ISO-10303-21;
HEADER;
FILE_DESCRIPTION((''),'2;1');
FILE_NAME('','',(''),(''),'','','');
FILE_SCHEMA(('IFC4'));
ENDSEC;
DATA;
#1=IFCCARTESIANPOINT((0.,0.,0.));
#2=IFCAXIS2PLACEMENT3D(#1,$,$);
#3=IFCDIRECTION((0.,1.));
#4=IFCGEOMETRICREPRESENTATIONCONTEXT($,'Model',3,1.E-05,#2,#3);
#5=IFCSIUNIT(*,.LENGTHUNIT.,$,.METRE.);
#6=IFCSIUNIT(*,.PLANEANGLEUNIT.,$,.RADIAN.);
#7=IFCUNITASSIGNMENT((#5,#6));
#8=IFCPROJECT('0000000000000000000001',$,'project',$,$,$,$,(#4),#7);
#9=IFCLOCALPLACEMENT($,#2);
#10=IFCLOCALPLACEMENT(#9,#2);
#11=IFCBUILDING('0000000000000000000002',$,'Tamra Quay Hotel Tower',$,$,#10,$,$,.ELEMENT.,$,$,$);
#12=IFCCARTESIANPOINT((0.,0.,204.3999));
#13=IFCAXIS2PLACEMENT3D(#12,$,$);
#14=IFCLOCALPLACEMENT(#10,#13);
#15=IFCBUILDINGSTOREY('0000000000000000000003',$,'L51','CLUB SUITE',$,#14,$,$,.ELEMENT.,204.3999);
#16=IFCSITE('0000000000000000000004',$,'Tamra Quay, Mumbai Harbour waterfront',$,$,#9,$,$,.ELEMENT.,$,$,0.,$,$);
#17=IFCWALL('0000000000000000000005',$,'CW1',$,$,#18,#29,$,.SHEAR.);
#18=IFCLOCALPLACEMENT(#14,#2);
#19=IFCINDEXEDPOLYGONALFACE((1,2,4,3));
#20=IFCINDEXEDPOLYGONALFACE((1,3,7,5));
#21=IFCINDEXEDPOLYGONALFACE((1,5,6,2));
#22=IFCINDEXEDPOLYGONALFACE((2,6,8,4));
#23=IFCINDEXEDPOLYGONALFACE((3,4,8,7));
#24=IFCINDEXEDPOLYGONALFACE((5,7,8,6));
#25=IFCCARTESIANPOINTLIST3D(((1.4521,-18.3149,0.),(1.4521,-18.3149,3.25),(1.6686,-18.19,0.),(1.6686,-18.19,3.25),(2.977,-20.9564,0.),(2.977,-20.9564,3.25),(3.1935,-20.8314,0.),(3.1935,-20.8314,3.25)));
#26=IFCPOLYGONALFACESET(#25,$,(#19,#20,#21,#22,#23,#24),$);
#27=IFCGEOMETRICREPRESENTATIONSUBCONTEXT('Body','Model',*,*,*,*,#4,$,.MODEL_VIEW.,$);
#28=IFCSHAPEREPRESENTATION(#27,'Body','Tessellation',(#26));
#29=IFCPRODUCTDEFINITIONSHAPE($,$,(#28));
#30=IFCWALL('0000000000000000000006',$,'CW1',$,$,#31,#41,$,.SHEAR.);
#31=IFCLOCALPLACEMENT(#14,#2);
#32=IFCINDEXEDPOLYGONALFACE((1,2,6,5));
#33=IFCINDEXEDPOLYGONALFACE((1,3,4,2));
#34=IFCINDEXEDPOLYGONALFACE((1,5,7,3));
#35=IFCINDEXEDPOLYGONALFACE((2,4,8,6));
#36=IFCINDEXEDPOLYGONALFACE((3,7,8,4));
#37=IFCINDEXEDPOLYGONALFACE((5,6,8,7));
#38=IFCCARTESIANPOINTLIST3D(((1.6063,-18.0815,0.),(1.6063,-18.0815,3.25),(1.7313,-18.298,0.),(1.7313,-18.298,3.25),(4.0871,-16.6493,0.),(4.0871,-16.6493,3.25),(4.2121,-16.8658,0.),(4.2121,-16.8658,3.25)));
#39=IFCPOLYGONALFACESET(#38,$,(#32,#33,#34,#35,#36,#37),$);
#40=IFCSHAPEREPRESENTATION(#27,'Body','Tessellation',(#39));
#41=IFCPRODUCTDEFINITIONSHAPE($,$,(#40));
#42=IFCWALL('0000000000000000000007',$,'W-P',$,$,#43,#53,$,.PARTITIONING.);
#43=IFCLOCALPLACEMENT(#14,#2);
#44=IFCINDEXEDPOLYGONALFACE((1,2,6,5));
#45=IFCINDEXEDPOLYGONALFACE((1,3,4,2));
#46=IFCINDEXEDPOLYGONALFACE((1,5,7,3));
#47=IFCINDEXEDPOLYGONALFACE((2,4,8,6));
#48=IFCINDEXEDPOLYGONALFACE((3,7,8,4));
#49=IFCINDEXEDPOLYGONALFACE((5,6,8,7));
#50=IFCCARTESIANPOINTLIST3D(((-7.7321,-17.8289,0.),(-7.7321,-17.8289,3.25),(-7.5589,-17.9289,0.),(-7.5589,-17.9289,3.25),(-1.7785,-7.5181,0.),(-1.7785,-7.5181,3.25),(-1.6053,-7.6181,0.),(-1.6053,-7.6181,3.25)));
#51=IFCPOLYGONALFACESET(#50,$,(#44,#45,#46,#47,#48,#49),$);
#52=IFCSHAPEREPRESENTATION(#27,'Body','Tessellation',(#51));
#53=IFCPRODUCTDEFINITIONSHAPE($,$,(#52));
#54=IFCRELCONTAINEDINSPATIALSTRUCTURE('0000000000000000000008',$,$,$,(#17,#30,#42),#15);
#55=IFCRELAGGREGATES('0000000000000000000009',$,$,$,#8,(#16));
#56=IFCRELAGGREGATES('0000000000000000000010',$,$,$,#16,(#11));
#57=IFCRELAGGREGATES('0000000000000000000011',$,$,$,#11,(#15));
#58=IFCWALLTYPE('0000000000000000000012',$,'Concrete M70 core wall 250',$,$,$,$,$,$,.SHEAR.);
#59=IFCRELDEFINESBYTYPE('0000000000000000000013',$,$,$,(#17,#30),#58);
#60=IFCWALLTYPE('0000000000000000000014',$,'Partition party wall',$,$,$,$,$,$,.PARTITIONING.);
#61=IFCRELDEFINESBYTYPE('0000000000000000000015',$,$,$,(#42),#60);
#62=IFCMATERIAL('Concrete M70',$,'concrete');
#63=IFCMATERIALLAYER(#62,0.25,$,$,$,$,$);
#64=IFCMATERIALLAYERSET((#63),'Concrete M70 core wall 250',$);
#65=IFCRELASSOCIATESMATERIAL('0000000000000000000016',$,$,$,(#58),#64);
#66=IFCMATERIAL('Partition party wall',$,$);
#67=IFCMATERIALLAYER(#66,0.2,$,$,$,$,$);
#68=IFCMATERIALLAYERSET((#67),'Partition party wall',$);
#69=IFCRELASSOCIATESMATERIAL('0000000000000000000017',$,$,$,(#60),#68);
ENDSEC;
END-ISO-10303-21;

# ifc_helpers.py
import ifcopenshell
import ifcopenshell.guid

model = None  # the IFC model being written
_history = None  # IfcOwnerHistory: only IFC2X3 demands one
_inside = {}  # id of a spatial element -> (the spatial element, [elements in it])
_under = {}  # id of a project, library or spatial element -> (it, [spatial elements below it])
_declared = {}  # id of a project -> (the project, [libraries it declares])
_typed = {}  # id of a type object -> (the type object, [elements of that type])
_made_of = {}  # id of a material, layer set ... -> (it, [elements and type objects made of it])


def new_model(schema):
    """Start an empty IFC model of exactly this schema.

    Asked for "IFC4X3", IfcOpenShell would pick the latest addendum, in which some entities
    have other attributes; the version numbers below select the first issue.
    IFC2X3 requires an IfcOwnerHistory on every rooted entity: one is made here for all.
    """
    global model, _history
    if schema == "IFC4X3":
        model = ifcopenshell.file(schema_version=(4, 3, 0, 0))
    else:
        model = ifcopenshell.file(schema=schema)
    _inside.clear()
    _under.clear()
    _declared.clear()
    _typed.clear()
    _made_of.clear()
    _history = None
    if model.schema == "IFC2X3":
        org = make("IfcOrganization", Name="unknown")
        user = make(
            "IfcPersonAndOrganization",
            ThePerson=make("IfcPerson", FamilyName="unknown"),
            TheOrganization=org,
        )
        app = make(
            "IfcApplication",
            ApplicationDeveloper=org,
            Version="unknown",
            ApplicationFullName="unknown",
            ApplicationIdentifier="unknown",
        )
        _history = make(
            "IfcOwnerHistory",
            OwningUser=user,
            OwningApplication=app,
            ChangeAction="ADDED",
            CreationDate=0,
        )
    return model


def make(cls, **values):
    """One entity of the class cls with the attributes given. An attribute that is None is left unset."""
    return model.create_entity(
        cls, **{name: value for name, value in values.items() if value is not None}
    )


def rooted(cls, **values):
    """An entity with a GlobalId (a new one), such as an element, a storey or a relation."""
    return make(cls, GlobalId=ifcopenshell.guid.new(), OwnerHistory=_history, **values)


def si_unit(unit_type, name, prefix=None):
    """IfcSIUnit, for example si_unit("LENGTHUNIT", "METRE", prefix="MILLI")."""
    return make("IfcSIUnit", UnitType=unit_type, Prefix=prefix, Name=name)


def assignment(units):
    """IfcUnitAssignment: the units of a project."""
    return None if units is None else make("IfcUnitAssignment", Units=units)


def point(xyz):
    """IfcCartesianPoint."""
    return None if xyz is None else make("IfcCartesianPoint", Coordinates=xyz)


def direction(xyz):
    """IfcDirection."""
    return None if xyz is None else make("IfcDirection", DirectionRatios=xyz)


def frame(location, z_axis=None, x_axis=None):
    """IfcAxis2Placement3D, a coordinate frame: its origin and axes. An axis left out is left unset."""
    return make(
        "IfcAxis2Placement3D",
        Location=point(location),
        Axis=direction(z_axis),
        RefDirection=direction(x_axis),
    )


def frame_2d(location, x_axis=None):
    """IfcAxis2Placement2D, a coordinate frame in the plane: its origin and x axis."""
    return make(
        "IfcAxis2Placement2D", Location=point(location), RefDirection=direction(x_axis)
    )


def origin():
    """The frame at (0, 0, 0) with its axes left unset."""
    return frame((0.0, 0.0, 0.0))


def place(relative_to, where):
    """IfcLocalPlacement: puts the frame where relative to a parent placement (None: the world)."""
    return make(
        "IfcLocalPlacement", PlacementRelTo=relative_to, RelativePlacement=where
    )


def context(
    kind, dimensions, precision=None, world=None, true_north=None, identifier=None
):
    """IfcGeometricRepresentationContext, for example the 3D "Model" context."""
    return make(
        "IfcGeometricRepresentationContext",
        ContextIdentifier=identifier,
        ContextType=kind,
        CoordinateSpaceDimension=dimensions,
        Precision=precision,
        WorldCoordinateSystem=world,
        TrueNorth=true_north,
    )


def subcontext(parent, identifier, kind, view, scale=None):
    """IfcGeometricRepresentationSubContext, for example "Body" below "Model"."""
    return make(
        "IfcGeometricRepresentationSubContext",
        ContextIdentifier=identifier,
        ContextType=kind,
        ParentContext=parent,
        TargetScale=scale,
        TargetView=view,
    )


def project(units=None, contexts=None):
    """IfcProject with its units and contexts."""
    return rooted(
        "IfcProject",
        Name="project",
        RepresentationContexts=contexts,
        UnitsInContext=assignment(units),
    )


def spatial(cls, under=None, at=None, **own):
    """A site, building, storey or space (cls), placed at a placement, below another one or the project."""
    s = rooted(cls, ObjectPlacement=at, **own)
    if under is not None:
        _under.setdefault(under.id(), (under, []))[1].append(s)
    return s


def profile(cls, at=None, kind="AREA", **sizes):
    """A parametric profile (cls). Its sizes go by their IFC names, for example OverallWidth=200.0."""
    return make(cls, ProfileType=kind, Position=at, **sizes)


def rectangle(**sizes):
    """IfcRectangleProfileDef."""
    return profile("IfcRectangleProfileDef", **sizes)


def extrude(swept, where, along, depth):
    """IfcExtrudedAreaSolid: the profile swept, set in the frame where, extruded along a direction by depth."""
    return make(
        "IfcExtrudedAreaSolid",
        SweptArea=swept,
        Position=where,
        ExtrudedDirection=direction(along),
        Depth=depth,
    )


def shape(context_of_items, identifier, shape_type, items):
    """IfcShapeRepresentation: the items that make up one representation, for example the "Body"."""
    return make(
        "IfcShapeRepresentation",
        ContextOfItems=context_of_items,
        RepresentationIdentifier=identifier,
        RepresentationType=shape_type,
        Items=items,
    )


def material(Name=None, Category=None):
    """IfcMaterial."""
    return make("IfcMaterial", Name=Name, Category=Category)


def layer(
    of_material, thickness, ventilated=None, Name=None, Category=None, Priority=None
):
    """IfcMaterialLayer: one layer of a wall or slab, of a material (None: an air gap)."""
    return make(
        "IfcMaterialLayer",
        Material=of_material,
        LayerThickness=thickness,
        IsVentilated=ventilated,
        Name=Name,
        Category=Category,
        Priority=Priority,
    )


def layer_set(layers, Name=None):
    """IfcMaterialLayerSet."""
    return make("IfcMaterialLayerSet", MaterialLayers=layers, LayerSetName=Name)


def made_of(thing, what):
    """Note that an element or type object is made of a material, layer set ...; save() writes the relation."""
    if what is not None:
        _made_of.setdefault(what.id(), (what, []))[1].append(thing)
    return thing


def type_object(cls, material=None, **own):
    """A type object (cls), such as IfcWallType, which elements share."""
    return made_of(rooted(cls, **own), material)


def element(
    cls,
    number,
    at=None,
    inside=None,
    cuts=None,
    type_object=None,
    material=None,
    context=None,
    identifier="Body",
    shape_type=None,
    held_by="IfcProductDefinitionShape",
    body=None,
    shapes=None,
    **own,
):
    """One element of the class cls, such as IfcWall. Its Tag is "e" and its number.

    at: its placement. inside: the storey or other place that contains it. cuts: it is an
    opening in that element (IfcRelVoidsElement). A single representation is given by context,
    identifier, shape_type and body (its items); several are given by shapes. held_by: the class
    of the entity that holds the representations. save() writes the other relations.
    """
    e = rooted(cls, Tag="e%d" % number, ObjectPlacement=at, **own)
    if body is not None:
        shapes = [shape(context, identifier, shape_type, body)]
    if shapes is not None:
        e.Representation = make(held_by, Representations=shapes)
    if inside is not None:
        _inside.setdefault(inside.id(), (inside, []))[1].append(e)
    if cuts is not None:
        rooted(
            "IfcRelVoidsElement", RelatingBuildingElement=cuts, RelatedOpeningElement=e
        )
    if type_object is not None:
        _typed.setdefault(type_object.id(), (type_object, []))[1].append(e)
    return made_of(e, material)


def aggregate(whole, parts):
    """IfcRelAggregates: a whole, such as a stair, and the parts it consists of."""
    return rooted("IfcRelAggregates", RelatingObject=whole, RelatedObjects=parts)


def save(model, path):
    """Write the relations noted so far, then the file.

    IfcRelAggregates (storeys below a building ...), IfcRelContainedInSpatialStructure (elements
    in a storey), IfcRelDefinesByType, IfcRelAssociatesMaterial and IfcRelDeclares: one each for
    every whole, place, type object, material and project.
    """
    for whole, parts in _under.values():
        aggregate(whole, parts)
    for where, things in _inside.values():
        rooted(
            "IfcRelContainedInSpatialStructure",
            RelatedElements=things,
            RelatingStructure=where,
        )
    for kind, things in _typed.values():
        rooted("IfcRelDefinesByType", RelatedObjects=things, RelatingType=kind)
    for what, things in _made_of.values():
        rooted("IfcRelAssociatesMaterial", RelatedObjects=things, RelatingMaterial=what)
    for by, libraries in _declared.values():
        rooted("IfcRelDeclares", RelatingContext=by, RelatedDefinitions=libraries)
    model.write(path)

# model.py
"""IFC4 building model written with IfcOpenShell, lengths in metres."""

from ifc_helpers import new_model, si_unit, direction, frame, frame_2d, origin, place, context, subcontext, project, spatial, rectangle, extrude, material, layer, layer_set, type_object, element, save


model = new_model("IFC4")

# Units and contexts
model_context = context("Model", 3, precision=1e-05, world=origin(), true_north=direction((0.0, 1.0)))
body_context = subcontext(model_context, "Body", "Model", "MODEL_VIEW")
ifc_project = project(units=[si_unit("LENGTHUNIT", "METRE"), si_unit("PLANEANGLEUNIT", "RADIAN")], contexts=[model_context])

# Site, building, storey
site_placement = place(None, origin())
site = spatial("IfcSite", under=ifc_project, at=site_placement, Name="Tamra Quay, Mumbai Harbour waterfront", CompositionType="ELEMENT", RefElevation=0.0)
building_placement = place(site_placement, origin())
building = spatial("IfcBuilding", under=site, at=building_placement, Name="Tamra Quay Hotel Tower", CompositionType="ELEMENT")
storey_placement = place(building_placement, frame((0.0, 0.0, 204.3999)))
storey = spatial("IfcBuildingStorey", under=building, at=storey_placement, Name="L51", Description="CLUB SUITE", CompositionType="ELEMENT", Elevation=204.3999)

# Shared definitions
ifc_material_1 = material(Name="Concrete M70", Category="concrete")

# Walls
ifc_layer_1 = layer(ifc_material_1, 0.25)
ifc_layer_set_1 = layer_set([ifc_layer_1], Name="Concrete M70 core wall 250")
wall_type_1 = type_object("IfcWallType", Name="Concrete M70 core wall 250", PredefinedType="SHEAR", material=ifc_layer_set_1)
wall_1_placement = place(storey_placement, frame((3.0852, -20.8938, 0.0), z_axis=(0.0, 0.0, 1.0), x_axis=(-0.499979, 0.866038, 0.0)))
element("IfcWall", 1, at=wall_1_placement, inside=storey, type_object=wall_type_1, Name="CW1", PredefinedType="SHEAR", context=body_context, shape_type="SweptSolid", body=[
    extrude(rectangle(XDim=3.05, YDim=0.25, at=frame_2d((1.5249, 0.0))), origin(), (0.0, 0.0, 1.0), 3.25),
])
wall_2_placement = place(storey_placement, frame((1.6689, -18.1897, 0.0), z_axis=(0.0, 0.0, 1.0), x_axis=(0.866042, 0.499971, 0.0)))
element("IfcWall", 2, at=wall_2_placement, inside=storey, type_object=wall_type_1, Name="CW1", PredefinedType="SHEAR", context=body_context, shape_type="SweptSolid", body=[
    extrude(rectangle(XDim=2.8645, YDim=0.25, at=frame_2d((1.4321, 0.0))), origin(), (0.0, 0.0, 1.0), 3.25),
])
ifc_material_2 = material(Name="Partition party wall")
ifc_layer_2 = layer(ifc_material_2, 0.2)
ifc_layer_set_2 = layer_set([ifc_layer_2], Name="Partition party wall")
wall_type_2 = type_object("IfcWallType", Name="Partition party wall", PredefinedType="PARTITIONING", material=ifc_layer_set_2)
wall_3_placement = place(storey_placement, frame((-7.6455, -17.8789, 0.0), z_axis=(0.0, 0.0, 1.0), x_axis=(0.500043, 0.866001, 0.0)))
element("IfcWall", 3, at=wall_3_placement, inside=storey, type_object=wall_type_2, Name="W-P", PredefinedType="PARTITIONING", context=body_context, shape_type="SweptSolid", body=[
    extrude(rectangle(XDim=11.9062, YDim=0.2, at=frame_2d((5.9531, 0.0))), origin(), (0.0, 0.0, 1.0), 3.25),
])

save(model, "model.ifc")
